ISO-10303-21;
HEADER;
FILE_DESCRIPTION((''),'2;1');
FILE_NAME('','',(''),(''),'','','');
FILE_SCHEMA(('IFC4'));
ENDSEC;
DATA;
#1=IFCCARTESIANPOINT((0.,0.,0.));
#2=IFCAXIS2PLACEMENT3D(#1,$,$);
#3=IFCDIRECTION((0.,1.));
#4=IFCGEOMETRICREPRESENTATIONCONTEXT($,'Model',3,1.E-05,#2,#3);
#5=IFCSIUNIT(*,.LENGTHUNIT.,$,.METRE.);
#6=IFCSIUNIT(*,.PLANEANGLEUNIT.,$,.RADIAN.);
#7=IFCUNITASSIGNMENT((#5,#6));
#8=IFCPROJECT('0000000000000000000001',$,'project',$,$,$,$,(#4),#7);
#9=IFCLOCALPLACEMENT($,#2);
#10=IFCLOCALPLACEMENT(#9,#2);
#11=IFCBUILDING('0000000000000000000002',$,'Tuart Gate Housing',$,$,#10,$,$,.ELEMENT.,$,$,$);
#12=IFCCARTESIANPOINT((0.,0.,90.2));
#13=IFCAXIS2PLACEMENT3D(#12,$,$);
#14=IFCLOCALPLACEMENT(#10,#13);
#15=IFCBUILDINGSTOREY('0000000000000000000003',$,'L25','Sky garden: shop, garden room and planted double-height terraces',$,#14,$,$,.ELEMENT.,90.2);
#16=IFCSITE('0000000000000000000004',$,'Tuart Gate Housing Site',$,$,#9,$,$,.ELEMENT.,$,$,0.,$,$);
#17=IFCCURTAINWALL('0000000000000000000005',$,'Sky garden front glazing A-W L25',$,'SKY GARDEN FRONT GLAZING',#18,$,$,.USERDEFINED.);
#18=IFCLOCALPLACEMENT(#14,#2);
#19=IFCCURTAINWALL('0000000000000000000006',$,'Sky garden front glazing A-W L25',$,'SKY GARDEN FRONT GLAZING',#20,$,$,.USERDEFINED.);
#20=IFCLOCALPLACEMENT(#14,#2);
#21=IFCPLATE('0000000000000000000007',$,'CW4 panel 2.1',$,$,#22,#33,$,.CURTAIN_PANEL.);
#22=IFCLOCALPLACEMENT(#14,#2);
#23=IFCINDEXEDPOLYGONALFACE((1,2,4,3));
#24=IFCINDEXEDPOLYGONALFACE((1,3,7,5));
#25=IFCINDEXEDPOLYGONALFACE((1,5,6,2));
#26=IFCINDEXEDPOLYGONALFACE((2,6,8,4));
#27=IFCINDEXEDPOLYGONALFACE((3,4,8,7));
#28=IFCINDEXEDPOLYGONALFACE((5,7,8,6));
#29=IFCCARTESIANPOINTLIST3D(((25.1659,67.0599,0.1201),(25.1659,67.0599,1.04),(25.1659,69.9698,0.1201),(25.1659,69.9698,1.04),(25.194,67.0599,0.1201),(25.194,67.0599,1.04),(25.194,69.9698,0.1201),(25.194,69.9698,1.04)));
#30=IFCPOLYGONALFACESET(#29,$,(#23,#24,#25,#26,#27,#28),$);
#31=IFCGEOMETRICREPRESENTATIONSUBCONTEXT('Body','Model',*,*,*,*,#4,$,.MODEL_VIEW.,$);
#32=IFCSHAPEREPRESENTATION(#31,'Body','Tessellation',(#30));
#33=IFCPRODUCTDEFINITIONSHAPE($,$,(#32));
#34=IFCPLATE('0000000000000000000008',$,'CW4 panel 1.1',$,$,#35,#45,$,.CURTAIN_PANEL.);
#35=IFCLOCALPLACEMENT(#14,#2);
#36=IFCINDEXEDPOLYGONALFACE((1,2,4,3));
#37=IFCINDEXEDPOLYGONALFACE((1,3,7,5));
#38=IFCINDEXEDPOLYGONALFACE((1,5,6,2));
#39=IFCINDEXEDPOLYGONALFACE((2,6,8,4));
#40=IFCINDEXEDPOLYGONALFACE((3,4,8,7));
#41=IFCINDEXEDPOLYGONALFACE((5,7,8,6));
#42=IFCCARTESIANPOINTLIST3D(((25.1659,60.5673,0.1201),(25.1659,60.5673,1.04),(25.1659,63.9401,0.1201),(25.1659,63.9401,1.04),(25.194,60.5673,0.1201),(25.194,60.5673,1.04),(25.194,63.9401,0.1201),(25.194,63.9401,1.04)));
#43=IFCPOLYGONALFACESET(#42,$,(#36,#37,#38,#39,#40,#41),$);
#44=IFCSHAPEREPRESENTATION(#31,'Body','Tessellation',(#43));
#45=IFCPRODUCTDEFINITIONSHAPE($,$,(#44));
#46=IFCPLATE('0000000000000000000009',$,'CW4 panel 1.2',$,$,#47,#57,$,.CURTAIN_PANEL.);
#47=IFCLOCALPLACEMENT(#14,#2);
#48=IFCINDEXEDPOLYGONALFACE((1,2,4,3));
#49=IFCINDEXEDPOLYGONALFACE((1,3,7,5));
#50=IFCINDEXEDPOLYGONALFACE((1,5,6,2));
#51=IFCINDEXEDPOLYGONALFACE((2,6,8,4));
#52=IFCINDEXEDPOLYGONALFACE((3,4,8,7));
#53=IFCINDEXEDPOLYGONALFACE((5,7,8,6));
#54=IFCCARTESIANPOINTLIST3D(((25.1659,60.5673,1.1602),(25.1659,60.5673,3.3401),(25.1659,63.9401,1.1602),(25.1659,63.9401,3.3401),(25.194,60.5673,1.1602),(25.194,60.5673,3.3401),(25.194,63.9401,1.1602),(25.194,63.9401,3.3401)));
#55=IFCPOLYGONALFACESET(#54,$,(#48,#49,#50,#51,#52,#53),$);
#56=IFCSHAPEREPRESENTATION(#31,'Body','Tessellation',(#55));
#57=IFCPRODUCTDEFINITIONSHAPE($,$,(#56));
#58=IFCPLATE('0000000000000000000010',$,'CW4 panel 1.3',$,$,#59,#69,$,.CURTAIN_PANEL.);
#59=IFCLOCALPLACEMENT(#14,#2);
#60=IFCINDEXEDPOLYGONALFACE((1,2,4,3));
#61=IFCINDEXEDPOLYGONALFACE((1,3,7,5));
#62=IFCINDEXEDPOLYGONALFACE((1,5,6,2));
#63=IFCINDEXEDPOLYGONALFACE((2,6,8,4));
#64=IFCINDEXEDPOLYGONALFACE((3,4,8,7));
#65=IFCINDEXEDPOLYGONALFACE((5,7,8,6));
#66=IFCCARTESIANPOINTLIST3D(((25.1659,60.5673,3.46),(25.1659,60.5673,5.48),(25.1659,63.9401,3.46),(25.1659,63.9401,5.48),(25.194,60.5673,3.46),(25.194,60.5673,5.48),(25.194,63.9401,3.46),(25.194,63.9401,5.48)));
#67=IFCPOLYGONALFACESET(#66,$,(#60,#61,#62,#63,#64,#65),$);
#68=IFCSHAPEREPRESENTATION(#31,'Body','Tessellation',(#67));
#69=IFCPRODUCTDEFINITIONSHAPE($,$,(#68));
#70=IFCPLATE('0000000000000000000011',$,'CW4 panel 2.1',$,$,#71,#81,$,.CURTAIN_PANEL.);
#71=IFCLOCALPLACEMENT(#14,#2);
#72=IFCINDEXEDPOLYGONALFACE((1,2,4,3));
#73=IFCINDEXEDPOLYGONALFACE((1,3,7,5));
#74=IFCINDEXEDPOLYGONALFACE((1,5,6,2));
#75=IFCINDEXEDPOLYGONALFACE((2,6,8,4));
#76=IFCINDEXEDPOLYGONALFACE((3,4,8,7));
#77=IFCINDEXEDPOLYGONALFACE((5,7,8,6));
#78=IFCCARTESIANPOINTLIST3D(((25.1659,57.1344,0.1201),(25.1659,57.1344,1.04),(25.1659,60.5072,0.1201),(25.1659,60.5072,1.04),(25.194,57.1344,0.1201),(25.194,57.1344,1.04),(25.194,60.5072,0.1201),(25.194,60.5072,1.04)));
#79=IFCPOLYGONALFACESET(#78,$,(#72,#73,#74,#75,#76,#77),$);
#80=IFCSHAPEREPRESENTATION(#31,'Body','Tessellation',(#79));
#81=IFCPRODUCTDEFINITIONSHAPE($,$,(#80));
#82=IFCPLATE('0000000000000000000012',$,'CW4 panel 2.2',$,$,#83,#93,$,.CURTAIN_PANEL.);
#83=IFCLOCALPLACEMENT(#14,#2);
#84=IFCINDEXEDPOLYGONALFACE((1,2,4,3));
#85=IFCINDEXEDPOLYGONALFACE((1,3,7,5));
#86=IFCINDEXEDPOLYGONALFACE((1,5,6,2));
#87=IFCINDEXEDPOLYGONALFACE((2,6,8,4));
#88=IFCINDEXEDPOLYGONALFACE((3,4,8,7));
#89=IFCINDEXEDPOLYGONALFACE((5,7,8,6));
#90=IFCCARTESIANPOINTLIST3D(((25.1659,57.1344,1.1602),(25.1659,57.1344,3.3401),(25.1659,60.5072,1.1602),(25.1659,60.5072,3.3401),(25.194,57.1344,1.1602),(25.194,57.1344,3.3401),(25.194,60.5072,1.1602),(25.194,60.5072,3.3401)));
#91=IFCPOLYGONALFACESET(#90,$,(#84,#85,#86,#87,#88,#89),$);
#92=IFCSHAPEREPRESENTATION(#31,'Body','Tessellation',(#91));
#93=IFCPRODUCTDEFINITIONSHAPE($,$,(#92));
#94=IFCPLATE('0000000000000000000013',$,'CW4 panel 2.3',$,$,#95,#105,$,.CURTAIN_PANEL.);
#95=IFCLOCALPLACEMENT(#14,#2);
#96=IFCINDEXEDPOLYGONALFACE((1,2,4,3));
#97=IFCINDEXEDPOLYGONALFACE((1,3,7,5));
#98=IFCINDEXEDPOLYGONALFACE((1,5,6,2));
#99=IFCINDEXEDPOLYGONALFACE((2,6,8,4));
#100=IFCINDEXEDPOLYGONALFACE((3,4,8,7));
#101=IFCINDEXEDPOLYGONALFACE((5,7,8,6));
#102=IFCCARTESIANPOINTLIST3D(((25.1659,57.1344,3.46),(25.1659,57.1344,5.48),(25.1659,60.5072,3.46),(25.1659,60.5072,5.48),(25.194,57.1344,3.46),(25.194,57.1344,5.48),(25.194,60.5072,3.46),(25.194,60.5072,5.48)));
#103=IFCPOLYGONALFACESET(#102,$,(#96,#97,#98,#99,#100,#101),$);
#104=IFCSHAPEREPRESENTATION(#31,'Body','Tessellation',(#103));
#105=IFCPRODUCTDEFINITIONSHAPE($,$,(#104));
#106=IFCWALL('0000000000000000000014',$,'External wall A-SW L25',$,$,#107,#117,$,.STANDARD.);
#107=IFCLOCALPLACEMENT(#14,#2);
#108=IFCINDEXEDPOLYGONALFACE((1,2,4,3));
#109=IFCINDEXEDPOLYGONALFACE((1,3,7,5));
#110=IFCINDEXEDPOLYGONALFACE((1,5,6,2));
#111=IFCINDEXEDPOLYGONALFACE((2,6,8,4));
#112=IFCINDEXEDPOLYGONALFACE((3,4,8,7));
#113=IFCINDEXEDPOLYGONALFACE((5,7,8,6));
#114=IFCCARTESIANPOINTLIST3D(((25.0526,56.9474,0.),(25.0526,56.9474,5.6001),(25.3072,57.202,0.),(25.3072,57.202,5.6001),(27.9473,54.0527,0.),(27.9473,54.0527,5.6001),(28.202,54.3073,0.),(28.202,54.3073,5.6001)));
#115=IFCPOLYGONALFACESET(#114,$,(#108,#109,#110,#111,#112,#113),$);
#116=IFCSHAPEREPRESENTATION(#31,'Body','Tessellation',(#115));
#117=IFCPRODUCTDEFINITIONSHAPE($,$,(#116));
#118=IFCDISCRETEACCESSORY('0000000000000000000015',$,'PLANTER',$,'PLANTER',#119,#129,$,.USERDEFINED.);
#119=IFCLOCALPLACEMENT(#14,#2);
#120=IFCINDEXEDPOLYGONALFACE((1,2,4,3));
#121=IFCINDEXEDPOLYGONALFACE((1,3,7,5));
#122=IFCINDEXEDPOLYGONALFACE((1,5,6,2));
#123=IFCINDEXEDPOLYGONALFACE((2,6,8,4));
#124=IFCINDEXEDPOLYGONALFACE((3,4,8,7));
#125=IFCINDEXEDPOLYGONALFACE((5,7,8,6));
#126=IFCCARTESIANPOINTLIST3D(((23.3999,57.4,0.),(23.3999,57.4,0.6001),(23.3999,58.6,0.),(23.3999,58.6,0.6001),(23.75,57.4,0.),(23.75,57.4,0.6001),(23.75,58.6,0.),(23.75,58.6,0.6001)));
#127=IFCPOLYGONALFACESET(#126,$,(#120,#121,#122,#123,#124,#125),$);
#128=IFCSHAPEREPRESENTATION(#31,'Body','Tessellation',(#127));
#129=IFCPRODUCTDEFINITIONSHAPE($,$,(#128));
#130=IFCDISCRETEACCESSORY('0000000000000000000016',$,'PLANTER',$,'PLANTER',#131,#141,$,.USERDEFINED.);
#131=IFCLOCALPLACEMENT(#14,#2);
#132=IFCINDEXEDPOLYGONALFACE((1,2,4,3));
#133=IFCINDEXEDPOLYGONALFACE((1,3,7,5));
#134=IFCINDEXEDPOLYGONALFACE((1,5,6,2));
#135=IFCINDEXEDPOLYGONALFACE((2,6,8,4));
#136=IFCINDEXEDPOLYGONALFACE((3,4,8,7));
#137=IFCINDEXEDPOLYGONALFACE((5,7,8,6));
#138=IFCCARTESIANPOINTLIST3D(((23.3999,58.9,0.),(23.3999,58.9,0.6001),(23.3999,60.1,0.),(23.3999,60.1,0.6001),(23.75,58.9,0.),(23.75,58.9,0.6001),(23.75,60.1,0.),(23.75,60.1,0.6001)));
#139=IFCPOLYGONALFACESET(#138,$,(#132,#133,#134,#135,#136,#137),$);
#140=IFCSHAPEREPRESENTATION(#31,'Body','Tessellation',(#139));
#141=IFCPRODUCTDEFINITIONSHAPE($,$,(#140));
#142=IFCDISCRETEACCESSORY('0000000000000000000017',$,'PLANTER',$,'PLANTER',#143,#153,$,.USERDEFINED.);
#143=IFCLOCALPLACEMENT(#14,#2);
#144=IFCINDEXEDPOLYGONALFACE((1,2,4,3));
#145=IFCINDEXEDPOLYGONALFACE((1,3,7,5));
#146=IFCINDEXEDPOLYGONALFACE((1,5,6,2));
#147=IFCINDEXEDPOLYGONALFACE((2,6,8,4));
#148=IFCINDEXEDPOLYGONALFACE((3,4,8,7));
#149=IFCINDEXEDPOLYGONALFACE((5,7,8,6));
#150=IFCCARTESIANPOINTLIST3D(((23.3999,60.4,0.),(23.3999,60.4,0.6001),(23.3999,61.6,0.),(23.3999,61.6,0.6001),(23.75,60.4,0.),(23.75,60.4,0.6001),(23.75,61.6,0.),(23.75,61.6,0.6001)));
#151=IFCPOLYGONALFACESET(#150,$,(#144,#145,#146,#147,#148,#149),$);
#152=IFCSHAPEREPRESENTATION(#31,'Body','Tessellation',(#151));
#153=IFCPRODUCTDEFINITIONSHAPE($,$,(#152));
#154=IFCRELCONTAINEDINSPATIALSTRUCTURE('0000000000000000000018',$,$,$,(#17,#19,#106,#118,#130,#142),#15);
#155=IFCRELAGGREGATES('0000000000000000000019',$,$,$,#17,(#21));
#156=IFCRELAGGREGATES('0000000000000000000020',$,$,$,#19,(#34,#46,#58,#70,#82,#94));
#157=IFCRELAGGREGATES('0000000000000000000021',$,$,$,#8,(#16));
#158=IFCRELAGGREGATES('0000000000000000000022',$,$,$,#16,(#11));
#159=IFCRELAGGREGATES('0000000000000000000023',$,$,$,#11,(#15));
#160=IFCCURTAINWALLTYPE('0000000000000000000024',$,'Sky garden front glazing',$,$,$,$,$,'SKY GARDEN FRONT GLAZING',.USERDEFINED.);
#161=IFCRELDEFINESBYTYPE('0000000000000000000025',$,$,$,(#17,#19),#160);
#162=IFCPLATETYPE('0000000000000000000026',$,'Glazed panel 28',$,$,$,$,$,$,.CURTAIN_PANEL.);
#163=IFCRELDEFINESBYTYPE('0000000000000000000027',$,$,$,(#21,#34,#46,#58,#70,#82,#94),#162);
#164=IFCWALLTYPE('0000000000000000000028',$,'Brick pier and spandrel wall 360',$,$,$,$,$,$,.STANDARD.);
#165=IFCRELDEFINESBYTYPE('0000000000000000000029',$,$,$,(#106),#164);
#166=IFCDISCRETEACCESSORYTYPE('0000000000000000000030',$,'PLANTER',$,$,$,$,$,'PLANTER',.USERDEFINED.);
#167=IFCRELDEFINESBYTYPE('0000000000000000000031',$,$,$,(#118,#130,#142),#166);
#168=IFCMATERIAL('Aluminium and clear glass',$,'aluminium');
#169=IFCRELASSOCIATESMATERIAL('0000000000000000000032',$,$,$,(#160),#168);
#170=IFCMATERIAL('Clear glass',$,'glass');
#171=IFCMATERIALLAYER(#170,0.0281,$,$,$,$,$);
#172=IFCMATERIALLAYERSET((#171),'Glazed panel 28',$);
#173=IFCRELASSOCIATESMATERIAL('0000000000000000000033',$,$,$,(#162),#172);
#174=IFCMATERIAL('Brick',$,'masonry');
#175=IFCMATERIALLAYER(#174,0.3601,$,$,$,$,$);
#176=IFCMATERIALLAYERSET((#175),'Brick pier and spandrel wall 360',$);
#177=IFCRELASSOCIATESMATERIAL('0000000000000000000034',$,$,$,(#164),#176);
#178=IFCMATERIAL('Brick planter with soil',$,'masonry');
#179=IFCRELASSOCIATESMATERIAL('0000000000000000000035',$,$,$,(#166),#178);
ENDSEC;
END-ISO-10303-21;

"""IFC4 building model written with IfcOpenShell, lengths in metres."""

from ifc_helpers import new_model, si_unit, direction, frame, frame_2d, origin, origin_2d, place, context, subcontext, project, spatial, rectangle, extrude, material, layer, layer_set, type_object, element, aggregate, save


model = new_model("IFC4")

# Units and contexts
model_context = context("Model", 3, precision=1e-05, world=origin(), true_north=direction((0.0, 1.0)))
body_context = subcontext(model_context, "Body", "Model", "MODEL_VIEW")
ifc_project = project(units=[si_unit("LENGTHUNIT", "METRE"), si_unit("PLANEANGLEUNIT", "RADIAN")], contexts=[model_context])

# Site, building, storey
site_placement = place(None, origin())
site = spatial("IfcSite", under=ifc_project, at=site_placement, Name="Tuart Gate Housing Site", CompositionType="ELEMENT", RefElevation=0.0)
building_placement = place(site_placement, origin())
building = spatial("IfcBuilding", under=site, at=building_placement, Name="Tuart Gate Housing", CompositionType="ELEMENT")
storey_placement = place(building_placement, frame((0.0, 0.0, 90.2)))
storey = spatial("IfcBuildingStorey", under=building, at=storey_placement, Name="L25", Description="Sky garden: shop, garden room and planted double-height terraces", CompositionType="ELEMENT", Elevation=90.2)

# Curtain wall
ifc_material_1 = material(Name="Aluminium and clear glass", Category="aluminium")
curtain_wall_type = type_object("IfcCurtainWallType", Name="Sky garden front glazing", ElementType="SKY GARDEN FRONT GLAZING", PredefinedType="USERDEFINED", material=ifc_material_1)
curtain_wall_1_placement = place(storey_placement, origin())
curtain_wall_1 = element("IfcCurtainWall", 1, at=curtain_wall_1_placement, inside=storey, type_object=curtain_wall_type, Name="Sky garden front glazing A-W L25", ObjectType="SKY GARDEN FRONT GLAZING", PredefinedType="USERDEFINED")

# Curtain wall
curtain_wall_2_placement = place(storey_placement, origin())
curtain_wall_2 = element("IfcCurtainWall", 2, at=curtain_wall_2_placement, inside=storey, type_object=curtain_wall_type, Name="Sky garden front glazing A-W L25", ObjectType="SKY GARDEN FRONT GLAZING", PredefinedType="USERDEFINED")

# Plates
ifc_material_2 = material(Name="Clear glass", Category="glass")
ifc_layer_1 = layer(ifc_material_2, 0.0281)
ifc_layer_set_1 = layer_set([ifc_layer_1], Name="Glazed panel 28")
plate_type = type_object("IfcPlateType", Name="Glazed panel 28", PredefinedType="CURTAIN_PANEL", material=ifc_layer_set_1)
plate_1_placement = place(storey_placement, frame((25.1799, 68.5149, 0.1201), z_axis=(0.0, 0.0, 1.0), x_axis=(0.0, -1.0, 0.0)))
plate_1 = element("IfcPlate", 3, at=plate_1_placement, type_object=plate_type, Name="CW4 panel 2.1", PredefinedType="CURTAIN_PANEL", context=body_context, shape_type="SweptSolid", body=[
    extrude(rectangle(XDim=2.9099, YDim=0.0281, at=origin_2d()), origin(), (0.0, 0.0, 1.0), 0.9199),
])
aggregate(curtain_wall_1, [plate_1])
plate_2_placement = place(storey_placement, frame((25.1799, 62.2537, 0.1201), z_axis=(0.0, 0.0, 1.0), x_axis=(0.0, -1.0, 0.0)))
plate_2 = element("IfcPlate", 4, at=plate_2_placement, type_object=plate_type, Name="CW4 panel 1.1", PredefinedType="CURTAIN_PANEL", context=body_context, shape_type="SweptSolid", body=[
    extrude(rectangle(XDim=3.3728, YDim=0.0281, at=origin_2d()), origin(), (0.0, 0.0, 1.0), 0.9199),
])
plate_3_placement = place(storey_placement, frame((25.1799, 62.2537, 1.1602), z_axis=(0.0, 0.0, 1.0), x_axis=(0.0, -1.0, 0.0)))
plate_3 = element("IfcPlate", 5, at=plate_3_placement, type_object=plate_type, Name="CW4 panel 1.2", PredefinedType="CURTAIN_PANEL", context=body_context, shape_type="SweptSolid", body=[
    extrude(rectangle(XDim=3.3728, YDim=0.0281, at=origin_2d()), origin(), (0.0, 0.0, 1.0), 2.1799),
])
plate_4_placement = place(storey_placement, frame((25.1799, 62.2537, 3.46), z_axis=(0.0, 0.0, 1.0), x_axis=(0.0, -1.0, 0.0)))
plate_4 = element("IfcPlate", 6, at=plate_4_placement, type_object=plate_type, Name="CW4 panel 1.3", PredefinedType="CURTAIN_PANEL", context=body_context, shape_type="SweptSolid", body=[
    extrude(rectangle(XDim=3.3728, YDim=0.0281, at=origin_2d()), origin(), (0.0, 0.0, 1.0), 2.02),
])
plate_5_placement = place(storey_placement, frame((25.1799, 58.8208, 0.1201), z_axis=(0.0, 0.0, 1.0), x_axis=(0.0, -1.0, 0.0)))
plate_5 = element("IfcPlate", 7, at=plate_5_placement, type_object=plate_type, Name="CW4 panel 2.1", PredefinedType="CURTAIN_PANEL", context=body_context, shape_type="SweptSolid", body=[
    extrude(rectangle(XDim=3.3728, YDim=0.0281, at=origin_2d()), origin(), (0.0, 0.0, 1.0), 0.9199),
])
plate_6_placement = place(storey_placement, frame((25.1799, 58.8208, 1.1602), z_axis=(0.0, 0.0, 1.0), x_axis=(0.0, -1.0, 0.0)))
plate_6 = element("IfcPlate", 8, at=plate_6_placement, type_object=plate_type, Name="CW4 panel 2.2", PredefinedType="CURTAIN_PANEL", context=body_context, shape_type="SweptSolid", body=[
    extrude(rectangle(XDim=3.3728, YDim=0.0281, at=origin_2d()), origin(), (0.0, 0.0, 1.0), 2.1799),
])
plate_7_placement = place(storey_placement, frame((25.1799, 58.8208, 3.46), z_axis=(0.0, 0.0, 1.0), x_axis=(0.0, -1.0, 0.0)))
plate_7 = element("IfcPlate", 9, at=plate_7_placement, type_object=plate_type, Name="CW4 panel 2.3", PredefinedType="CURTAIN_PANEL", context=body_context, shape_type="SweptSolid", body=[
    extrude(rectangle(XDim=3.3728, YDim=0.0281, at=origin_2d()), origin(), (0.0, 0.0, 1.0), 2.02),
])
aggregate(curtain_wall_2, [plate_2, plate_3, plate_4, plate_5, plate_6, plate_7])

# Wall
ifc_material_3 = material(Name="Brick", Category="masonry")
ifc_layer_2 = layer(ifc_material_3, 0.3601)
ifc_layer_set_2 = layer_set([ifc_layer_2], Name="Brick pier and spandrel wall 360")
wall_type = type_object("IfcWallType", Name="Brick pier and spandrel wall 360", PredefinedType="STANDARD", material=ifc_layer_set_2)
wall_1_placement = place(storey_placement, frame((25.1799, 57.0747, 0.0), z_axis=(0.0, 0.0, 1.0), x_axis=(0.707107, -0.707107, 0.0)))
element("IfcWall", 10, at=wall_1_placement, inside=storey, type_object=wall_type, Name="External wall A-SW L25", PredefinedType="STANDARD", context=body_context, shape_type="SweptSolid", body=[
    extrude(rectangle(XDim=4.0938, YDim=0.3601, at=frame_2d((2.0469, 0.0))), origin(), (0.0, 0.0, 1.0), 5.6001),
])

# Discrete accessories
ifc_material_4 = material(Name="Brick planter with soil", Category="masonry")
discrete_accessory_type = type_object("IfcDiscreteAccessoryType", Name="PLANTER", ElementType="PLANTER", PredefinedType="USERDEFINED", material=ifc_material_4)
for number, where, z_axis, x_axis, name in (
    (11, (23.575, 58.0, 0.0), (0.0, 0.0, 1.0), (1.0, 0.0, 0.0), "PLANTER"),
    (12, (23.575, 59.5, 0.0), (0.0, 0.0, 1.0), (1.0, 0.0, 0.0), "PLANTER"),
    (13, (23.575, 61.0, 0.0), (0.0, 0.0, 1.0), (1.0, 0.0, 0.0), "PLANTER"),
):
    element("IfcDiscreteAccessory", number, at=place(storey_placement, frame(where, z_axis=z_axis, x_axis=x_axis)), inside=storey, type_object=discrete_accessory_type, Name=name, ObjectType="PLANTER", PredefinedType="USERDEFINED", context=body_context, shape_type="SweptSolid", body=[
        extrude(rectangle(XDim=0.3501, YDim=1.2, at=origin_2d()), origin(), (0.0, 0.0, 1.0), 0.6001),
    ])

save(model, "model.ifc")
